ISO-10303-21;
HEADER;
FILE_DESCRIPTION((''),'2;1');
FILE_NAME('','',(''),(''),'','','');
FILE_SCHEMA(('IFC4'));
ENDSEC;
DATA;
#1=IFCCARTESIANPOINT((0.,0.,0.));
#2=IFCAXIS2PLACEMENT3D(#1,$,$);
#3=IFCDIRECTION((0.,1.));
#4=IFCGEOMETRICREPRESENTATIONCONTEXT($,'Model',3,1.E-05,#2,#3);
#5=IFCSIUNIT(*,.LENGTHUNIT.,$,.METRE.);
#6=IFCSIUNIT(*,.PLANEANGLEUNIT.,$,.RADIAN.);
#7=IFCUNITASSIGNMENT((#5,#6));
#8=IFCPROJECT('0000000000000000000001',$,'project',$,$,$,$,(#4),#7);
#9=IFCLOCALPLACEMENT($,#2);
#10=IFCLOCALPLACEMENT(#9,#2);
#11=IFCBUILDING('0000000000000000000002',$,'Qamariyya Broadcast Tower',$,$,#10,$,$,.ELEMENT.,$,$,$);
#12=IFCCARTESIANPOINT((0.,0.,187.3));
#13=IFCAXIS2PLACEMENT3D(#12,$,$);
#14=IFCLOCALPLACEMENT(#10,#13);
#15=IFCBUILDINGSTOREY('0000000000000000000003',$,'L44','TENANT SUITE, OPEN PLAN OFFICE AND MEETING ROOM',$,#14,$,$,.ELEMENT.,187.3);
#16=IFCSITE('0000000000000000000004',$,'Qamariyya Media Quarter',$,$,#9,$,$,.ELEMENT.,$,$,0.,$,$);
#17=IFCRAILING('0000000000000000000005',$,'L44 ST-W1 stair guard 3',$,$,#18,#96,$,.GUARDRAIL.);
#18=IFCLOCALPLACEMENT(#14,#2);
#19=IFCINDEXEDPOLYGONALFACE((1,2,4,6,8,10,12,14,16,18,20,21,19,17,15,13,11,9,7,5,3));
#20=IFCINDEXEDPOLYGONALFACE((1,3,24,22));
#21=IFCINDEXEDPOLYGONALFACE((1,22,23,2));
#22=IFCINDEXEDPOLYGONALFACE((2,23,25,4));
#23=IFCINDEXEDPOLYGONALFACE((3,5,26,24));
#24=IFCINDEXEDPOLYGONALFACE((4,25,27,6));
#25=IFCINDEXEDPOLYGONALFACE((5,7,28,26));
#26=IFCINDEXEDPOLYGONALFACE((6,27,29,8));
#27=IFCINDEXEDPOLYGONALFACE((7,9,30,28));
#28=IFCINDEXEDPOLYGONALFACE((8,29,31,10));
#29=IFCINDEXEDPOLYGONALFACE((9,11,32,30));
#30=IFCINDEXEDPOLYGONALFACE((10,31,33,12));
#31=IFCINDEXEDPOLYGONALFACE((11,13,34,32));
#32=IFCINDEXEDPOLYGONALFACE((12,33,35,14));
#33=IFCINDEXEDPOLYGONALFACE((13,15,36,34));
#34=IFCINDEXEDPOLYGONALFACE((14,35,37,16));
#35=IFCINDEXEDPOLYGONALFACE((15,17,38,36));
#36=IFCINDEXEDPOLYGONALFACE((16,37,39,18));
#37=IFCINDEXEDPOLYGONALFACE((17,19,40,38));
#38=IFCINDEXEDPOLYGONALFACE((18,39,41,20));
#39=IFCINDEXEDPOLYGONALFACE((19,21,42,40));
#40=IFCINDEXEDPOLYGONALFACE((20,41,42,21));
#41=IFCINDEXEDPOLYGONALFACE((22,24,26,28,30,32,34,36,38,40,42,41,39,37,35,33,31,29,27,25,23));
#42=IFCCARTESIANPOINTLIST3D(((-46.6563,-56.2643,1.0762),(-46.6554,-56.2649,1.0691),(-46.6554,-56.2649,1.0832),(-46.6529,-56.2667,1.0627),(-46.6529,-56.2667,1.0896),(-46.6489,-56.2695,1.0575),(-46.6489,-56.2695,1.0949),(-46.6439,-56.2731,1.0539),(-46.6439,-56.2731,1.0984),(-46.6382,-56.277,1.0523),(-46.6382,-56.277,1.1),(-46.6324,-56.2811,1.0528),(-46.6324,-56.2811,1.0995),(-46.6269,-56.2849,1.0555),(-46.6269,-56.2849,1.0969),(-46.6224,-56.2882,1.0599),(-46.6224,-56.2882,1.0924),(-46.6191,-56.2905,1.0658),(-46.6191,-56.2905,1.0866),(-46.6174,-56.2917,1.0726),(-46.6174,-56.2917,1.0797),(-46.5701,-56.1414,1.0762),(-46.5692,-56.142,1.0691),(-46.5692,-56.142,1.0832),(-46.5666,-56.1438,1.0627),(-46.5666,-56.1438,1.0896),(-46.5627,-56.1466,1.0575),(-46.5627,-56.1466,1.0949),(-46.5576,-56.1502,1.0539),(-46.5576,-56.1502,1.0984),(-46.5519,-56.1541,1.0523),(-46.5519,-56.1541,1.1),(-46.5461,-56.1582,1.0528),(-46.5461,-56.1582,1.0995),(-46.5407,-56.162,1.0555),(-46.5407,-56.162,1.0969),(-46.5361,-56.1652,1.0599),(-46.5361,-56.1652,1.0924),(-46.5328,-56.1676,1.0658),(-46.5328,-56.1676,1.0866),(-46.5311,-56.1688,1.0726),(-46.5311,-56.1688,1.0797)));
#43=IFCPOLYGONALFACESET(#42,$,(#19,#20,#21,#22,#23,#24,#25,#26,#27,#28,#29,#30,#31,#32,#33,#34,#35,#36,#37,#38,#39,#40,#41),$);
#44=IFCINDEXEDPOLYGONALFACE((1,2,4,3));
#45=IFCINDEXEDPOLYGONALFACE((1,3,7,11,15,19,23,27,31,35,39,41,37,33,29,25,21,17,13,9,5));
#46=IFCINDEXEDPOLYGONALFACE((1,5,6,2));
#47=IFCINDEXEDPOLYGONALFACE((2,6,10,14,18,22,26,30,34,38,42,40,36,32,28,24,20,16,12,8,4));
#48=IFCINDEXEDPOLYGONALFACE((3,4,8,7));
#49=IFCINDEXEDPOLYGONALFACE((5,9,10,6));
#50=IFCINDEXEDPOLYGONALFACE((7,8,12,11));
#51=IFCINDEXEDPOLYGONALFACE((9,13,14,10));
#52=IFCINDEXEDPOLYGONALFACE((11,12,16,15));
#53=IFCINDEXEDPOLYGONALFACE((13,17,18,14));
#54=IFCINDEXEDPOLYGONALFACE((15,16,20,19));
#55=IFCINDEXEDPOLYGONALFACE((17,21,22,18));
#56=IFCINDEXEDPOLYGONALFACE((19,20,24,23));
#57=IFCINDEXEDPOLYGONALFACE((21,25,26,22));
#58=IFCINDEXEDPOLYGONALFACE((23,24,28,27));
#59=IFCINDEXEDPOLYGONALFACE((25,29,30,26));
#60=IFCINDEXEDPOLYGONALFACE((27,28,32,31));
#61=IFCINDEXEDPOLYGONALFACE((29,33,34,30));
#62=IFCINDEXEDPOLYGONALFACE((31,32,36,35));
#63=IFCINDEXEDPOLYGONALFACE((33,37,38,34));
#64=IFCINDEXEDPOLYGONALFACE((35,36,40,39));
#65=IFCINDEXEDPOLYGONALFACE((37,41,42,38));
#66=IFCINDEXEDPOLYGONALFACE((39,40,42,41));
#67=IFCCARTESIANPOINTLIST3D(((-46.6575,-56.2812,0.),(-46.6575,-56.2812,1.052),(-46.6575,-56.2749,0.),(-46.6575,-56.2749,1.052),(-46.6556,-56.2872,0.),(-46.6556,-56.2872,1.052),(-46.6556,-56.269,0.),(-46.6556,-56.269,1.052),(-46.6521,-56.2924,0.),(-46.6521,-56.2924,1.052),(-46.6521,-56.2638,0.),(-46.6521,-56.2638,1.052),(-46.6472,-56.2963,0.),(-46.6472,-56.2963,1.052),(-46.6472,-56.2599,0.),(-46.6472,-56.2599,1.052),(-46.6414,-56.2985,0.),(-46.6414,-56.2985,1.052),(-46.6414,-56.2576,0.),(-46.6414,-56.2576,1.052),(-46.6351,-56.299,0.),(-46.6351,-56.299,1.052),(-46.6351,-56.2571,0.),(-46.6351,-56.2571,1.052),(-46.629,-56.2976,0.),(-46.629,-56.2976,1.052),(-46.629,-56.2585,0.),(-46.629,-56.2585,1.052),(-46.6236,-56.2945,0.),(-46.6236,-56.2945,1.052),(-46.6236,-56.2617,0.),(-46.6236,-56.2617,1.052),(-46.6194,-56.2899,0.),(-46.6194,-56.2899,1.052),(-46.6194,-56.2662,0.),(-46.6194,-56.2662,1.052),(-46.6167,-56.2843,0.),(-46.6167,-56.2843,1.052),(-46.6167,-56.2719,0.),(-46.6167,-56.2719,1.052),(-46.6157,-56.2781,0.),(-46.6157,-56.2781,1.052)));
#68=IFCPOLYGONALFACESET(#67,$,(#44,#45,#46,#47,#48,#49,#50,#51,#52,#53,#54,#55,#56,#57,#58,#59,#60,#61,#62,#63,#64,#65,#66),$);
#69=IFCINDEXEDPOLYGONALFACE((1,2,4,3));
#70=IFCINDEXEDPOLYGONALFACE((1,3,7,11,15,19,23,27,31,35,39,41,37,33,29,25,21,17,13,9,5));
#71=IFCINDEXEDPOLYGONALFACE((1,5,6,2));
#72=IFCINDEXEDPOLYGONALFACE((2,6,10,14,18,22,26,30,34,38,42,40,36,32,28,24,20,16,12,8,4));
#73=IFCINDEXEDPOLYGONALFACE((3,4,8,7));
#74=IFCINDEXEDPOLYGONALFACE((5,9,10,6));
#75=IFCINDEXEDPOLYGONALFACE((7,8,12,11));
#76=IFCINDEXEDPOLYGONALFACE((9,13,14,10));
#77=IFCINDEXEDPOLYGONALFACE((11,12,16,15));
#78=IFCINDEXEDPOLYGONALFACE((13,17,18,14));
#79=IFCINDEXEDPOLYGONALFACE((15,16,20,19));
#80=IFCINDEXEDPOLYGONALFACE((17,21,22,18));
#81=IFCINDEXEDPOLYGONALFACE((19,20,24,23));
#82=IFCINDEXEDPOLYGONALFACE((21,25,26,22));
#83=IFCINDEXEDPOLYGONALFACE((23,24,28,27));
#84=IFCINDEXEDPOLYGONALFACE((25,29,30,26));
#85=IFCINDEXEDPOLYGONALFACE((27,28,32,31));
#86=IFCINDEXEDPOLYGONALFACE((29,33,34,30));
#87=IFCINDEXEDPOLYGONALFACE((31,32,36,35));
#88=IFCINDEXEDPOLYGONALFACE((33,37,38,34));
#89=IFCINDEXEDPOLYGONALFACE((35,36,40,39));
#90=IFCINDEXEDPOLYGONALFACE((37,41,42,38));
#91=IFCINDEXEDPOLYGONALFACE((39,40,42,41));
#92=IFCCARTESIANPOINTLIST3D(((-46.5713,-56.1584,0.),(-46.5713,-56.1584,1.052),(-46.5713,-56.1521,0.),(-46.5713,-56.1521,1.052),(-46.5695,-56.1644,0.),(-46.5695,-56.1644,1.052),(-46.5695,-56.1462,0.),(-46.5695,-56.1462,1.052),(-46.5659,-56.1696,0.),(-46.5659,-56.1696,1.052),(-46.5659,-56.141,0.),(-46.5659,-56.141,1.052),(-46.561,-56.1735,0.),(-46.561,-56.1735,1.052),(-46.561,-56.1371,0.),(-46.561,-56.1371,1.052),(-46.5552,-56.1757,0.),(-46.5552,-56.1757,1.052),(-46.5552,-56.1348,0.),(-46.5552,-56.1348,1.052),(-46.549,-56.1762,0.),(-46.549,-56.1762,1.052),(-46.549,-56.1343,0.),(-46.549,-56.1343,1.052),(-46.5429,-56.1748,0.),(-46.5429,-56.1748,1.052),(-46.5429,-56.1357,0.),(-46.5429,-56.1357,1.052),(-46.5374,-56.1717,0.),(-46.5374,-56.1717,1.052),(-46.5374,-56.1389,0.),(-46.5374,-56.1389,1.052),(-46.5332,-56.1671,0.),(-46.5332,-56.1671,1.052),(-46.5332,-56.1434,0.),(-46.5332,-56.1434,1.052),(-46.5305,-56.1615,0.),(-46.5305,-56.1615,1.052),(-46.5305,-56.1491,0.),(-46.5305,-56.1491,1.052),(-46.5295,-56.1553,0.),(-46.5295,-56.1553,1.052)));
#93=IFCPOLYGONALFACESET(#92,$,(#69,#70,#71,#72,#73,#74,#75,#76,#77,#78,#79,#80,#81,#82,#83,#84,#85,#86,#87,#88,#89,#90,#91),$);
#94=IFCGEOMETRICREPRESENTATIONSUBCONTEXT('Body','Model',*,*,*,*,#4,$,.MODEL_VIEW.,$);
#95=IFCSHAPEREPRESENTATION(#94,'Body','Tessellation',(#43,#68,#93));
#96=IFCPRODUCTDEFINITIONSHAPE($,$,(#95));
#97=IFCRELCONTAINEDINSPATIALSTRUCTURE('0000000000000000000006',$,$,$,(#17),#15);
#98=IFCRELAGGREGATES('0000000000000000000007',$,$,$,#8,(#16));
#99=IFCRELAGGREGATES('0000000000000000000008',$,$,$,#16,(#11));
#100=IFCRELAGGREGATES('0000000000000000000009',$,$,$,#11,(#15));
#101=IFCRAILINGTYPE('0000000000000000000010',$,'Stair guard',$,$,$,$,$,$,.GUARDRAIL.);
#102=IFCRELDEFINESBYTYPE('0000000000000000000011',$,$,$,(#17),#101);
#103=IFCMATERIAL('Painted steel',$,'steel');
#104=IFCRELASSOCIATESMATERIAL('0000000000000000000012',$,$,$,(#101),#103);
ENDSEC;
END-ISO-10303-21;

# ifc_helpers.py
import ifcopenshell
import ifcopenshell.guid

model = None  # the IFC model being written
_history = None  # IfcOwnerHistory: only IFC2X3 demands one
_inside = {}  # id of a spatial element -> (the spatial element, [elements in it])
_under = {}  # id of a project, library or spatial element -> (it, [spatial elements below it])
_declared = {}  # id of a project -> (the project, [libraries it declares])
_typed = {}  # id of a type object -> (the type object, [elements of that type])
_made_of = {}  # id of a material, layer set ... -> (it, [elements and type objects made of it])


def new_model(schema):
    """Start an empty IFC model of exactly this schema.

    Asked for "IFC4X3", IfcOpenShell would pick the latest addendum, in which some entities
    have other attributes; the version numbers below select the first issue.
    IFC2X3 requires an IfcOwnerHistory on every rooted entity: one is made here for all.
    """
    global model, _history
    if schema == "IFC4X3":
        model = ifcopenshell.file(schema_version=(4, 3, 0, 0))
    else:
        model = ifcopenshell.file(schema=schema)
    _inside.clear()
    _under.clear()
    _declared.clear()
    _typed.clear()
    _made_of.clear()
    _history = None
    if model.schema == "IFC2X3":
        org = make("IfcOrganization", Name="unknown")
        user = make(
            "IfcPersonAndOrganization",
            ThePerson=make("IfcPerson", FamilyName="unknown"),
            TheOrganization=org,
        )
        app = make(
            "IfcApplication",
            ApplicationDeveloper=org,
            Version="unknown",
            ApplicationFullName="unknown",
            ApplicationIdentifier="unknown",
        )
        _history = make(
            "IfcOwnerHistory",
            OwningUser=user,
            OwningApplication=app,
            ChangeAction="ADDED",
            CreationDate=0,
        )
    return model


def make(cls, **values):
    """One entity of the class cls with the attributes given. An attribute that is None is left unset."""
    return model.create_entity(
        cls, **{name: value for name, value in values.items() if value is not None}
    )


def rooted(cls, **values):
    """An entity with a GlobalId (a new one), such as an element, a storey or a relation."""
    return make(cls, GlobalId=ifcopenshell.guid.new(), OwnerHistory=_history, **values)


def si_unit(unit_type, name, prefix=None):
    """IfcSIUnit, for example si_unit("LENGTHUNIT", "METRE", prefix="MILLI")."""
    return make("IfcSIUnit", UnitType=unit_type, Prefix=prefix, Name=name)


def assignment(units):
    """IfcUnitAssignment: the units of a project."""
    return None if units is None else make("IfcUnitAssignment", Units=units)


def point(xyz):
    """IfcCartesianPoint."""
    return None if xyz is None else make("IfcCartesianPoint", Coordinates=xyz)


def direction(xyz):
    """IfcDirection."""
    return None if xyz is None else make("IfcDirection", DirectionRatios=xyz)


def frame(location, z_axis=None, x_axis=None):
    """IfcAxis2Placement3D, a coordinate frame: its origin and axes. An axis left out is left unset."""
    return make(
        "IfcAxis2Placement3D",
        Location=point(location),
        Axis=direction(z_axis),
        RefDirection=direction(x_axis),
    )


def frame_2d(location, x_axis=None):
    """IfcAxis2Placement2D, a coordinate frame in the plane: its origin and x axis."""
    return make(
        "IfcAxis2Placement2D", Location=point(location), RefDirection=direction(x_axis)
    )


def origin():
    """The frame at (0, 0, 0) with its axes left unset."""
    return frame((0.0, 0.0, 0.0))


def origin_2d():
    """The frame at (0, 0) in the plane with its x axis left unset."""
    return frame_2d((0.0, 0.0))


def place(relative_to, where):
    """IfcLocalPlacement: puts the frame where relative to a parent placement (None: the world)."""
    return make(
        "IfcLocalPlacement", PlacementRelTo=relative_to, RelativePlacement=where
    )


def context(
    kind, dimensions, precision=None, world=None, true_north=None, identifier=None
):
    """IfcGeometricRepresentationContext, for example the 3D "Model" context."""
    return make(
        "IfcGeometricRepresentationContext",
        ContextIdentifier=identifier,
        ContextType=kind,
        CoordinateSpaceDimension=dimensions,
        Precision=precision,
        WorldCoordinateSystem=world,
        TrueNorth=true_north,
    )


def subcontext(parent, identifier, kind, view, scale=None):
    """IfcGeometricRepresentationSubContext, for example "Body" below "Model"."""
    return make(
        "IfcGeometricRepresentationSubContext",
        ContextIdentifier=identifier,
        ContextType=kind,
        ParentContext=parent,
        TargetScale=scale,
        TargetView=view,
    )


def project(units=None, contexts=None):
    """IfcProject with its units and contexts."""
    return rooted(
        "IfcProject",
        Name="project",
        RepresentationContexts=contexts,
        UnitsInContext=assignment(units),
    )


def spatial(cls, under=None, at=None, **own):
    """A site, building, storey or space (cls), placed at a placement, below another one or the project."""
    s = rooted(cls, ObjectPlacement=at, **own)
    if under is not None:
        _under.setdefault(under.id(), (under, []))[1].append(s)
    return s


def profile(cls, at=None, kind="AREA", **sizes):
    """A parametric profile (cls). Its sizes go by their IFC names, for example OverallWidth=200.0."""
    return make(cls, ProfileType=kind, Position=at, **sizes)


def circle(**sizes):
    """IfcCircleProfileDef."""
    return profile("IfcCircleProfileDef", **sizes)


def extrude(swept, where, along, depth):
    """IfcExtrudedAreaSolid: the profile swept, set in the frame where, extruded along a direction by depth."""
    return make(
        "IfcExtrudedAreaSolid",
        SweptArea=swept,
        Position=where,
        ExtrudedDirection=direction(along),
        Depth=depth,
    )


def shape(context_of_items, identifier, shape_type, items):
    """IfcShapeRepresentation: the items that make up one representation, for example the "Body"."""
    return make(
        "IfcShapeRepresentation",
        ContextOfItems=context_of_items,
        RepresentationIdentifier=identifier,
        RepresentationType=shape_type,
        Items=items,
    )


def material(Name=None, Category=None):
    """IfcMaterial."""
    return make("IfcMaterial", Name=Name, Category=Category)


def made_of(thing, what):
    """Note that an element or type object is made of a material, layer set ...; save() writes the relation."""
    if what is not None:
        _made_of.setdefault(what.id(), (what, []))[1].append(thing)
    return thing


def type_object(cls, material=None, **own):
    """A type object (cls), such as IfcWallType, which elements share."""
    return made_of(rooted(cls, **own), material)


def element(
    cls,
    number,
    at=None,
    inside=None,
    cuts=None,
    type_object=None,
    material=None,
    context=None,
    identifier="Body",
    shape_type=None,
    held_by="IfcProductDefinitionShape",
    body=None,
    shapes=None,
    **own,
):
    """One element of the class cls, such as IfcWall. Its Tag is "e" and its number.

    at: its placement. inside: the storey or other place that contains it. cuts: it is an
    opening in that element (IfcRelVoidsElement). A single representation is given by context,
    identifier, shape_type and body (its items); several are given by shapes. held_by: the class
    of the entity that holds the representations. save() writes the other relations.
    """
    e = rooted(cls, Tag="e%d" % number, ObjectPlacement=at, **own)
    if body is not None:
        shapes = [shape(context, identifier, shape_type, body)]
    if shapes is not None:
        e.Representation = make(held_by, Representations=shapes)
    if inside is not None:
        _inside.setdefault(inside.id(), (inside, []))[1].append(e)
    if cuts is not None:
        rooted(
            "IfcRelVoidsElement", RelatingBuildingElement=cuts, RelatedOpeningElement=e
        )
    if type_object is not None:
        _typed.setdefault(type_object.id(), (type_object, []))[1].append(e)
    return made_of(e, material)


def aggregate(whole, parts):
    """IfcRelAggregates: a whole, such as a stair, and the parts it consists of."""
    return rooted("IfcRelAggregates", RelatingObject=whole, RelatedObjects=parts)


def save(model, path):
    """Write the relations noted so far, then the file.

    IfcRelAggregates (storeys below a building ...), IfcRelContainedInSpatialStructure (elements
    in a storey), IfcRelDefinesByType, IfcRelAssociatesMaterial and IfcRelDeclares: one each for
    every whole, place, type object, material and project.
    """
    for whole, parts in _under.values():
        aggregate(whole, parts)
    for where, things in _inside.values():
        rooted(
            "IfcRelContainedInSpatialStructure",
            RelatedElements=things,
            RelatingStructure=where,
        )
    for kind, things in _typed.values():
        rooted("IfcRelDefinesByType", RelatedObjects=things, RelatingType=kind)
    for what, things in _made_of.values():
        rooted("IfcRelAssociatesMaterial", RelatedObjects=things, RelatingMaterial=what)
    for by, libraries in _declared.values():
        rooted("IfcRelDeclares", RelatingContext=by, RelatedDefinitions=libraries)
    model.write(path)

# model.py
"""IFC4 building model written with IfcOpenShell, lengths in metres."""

from ifc_helpers import new_model, si_unit, direction, frame, origin, origin_2d, place, context, subcontext, project, spatial, circle, extrude, material, type_object, element, save


model = new_model("IFC4")

# Units and contexts
model_context = context("Model", 3, precision=1e-05, world=origin(), true_north=direction((0.0, 1.0)))
body_context = subcontext(model_context, "Body", "Model", "MODEL_VIEW")
ifc_project = project(units=[si_unit("LENGTHUNIT", "METRE"), si_unit("PLANEANGLEUNIT", "RADIAN")], contexts=[model_context])

# Site, building, storey
site_placement = place(None, origin())
site = spatial("IfcSite", under=ifc_project, at=site_placement, Name="Qamariyya Media Quarter", CompositionType="ELEMENT", RefElevation=0.0)
building_placement = place(site_placement, origin())
building = spatial("IfcBuilding", under=site, at=building_placement, Name="Qamariyya Broadcast Tower", CompositionType="ELEMENT")
storey_placement = place(building_placement, frame((0.0, 0.0, 187.3)))
storey = spatial("IfcBuildingStorey", under=building, at=storey_placement, Name="L44", Description="TENANT SUITE, OPEN PLAN OFFICE AND MEETING ROOM", CompositionType="ELEMENT", Elevation=187.3)

# Railing
ifc_material_1 = material(Name="Painted steel", Category="steel")
railing_type_1 = type_object("IfcRailingType", Name="Stair guard", PredefinedType="GUARDRAIL", material=ifc_material_1)
railing_1_placement = place(storey_placement, frame((-46.6367, -56.2781, 0.0)))
element("IfcRailing", 1, at=railing_1_placement, inside=storey, type_object=railing_type_1, Name="L44 ST-W1 stair guard 3", PredefinedType="GUARDRAIL", context=body_context, shape_type="SweptSolid", body=[
    extrude(circle(Radius=0.0239, at=origin_2d()), frame((0.0, 0.0, 1.0762), z_axis=(0.574445, 0.818543, 0.0), x_axis=(-0.818543, 0.574445, 0.0)), (0.0, 0.0, 1.0), 0.1501),
    extrude(circle(Radius=0.021, at=origin_2d()), origin(), (0.0, 0.0, 1.0), 1.052),
    extrude(circle(Radius=0.021, at=origin_2d()), frame((0.0862, 0.1228, 0.0)), (0.0, 0.0, 1.0), 1.052),
])

save(model, "model.ifc")
